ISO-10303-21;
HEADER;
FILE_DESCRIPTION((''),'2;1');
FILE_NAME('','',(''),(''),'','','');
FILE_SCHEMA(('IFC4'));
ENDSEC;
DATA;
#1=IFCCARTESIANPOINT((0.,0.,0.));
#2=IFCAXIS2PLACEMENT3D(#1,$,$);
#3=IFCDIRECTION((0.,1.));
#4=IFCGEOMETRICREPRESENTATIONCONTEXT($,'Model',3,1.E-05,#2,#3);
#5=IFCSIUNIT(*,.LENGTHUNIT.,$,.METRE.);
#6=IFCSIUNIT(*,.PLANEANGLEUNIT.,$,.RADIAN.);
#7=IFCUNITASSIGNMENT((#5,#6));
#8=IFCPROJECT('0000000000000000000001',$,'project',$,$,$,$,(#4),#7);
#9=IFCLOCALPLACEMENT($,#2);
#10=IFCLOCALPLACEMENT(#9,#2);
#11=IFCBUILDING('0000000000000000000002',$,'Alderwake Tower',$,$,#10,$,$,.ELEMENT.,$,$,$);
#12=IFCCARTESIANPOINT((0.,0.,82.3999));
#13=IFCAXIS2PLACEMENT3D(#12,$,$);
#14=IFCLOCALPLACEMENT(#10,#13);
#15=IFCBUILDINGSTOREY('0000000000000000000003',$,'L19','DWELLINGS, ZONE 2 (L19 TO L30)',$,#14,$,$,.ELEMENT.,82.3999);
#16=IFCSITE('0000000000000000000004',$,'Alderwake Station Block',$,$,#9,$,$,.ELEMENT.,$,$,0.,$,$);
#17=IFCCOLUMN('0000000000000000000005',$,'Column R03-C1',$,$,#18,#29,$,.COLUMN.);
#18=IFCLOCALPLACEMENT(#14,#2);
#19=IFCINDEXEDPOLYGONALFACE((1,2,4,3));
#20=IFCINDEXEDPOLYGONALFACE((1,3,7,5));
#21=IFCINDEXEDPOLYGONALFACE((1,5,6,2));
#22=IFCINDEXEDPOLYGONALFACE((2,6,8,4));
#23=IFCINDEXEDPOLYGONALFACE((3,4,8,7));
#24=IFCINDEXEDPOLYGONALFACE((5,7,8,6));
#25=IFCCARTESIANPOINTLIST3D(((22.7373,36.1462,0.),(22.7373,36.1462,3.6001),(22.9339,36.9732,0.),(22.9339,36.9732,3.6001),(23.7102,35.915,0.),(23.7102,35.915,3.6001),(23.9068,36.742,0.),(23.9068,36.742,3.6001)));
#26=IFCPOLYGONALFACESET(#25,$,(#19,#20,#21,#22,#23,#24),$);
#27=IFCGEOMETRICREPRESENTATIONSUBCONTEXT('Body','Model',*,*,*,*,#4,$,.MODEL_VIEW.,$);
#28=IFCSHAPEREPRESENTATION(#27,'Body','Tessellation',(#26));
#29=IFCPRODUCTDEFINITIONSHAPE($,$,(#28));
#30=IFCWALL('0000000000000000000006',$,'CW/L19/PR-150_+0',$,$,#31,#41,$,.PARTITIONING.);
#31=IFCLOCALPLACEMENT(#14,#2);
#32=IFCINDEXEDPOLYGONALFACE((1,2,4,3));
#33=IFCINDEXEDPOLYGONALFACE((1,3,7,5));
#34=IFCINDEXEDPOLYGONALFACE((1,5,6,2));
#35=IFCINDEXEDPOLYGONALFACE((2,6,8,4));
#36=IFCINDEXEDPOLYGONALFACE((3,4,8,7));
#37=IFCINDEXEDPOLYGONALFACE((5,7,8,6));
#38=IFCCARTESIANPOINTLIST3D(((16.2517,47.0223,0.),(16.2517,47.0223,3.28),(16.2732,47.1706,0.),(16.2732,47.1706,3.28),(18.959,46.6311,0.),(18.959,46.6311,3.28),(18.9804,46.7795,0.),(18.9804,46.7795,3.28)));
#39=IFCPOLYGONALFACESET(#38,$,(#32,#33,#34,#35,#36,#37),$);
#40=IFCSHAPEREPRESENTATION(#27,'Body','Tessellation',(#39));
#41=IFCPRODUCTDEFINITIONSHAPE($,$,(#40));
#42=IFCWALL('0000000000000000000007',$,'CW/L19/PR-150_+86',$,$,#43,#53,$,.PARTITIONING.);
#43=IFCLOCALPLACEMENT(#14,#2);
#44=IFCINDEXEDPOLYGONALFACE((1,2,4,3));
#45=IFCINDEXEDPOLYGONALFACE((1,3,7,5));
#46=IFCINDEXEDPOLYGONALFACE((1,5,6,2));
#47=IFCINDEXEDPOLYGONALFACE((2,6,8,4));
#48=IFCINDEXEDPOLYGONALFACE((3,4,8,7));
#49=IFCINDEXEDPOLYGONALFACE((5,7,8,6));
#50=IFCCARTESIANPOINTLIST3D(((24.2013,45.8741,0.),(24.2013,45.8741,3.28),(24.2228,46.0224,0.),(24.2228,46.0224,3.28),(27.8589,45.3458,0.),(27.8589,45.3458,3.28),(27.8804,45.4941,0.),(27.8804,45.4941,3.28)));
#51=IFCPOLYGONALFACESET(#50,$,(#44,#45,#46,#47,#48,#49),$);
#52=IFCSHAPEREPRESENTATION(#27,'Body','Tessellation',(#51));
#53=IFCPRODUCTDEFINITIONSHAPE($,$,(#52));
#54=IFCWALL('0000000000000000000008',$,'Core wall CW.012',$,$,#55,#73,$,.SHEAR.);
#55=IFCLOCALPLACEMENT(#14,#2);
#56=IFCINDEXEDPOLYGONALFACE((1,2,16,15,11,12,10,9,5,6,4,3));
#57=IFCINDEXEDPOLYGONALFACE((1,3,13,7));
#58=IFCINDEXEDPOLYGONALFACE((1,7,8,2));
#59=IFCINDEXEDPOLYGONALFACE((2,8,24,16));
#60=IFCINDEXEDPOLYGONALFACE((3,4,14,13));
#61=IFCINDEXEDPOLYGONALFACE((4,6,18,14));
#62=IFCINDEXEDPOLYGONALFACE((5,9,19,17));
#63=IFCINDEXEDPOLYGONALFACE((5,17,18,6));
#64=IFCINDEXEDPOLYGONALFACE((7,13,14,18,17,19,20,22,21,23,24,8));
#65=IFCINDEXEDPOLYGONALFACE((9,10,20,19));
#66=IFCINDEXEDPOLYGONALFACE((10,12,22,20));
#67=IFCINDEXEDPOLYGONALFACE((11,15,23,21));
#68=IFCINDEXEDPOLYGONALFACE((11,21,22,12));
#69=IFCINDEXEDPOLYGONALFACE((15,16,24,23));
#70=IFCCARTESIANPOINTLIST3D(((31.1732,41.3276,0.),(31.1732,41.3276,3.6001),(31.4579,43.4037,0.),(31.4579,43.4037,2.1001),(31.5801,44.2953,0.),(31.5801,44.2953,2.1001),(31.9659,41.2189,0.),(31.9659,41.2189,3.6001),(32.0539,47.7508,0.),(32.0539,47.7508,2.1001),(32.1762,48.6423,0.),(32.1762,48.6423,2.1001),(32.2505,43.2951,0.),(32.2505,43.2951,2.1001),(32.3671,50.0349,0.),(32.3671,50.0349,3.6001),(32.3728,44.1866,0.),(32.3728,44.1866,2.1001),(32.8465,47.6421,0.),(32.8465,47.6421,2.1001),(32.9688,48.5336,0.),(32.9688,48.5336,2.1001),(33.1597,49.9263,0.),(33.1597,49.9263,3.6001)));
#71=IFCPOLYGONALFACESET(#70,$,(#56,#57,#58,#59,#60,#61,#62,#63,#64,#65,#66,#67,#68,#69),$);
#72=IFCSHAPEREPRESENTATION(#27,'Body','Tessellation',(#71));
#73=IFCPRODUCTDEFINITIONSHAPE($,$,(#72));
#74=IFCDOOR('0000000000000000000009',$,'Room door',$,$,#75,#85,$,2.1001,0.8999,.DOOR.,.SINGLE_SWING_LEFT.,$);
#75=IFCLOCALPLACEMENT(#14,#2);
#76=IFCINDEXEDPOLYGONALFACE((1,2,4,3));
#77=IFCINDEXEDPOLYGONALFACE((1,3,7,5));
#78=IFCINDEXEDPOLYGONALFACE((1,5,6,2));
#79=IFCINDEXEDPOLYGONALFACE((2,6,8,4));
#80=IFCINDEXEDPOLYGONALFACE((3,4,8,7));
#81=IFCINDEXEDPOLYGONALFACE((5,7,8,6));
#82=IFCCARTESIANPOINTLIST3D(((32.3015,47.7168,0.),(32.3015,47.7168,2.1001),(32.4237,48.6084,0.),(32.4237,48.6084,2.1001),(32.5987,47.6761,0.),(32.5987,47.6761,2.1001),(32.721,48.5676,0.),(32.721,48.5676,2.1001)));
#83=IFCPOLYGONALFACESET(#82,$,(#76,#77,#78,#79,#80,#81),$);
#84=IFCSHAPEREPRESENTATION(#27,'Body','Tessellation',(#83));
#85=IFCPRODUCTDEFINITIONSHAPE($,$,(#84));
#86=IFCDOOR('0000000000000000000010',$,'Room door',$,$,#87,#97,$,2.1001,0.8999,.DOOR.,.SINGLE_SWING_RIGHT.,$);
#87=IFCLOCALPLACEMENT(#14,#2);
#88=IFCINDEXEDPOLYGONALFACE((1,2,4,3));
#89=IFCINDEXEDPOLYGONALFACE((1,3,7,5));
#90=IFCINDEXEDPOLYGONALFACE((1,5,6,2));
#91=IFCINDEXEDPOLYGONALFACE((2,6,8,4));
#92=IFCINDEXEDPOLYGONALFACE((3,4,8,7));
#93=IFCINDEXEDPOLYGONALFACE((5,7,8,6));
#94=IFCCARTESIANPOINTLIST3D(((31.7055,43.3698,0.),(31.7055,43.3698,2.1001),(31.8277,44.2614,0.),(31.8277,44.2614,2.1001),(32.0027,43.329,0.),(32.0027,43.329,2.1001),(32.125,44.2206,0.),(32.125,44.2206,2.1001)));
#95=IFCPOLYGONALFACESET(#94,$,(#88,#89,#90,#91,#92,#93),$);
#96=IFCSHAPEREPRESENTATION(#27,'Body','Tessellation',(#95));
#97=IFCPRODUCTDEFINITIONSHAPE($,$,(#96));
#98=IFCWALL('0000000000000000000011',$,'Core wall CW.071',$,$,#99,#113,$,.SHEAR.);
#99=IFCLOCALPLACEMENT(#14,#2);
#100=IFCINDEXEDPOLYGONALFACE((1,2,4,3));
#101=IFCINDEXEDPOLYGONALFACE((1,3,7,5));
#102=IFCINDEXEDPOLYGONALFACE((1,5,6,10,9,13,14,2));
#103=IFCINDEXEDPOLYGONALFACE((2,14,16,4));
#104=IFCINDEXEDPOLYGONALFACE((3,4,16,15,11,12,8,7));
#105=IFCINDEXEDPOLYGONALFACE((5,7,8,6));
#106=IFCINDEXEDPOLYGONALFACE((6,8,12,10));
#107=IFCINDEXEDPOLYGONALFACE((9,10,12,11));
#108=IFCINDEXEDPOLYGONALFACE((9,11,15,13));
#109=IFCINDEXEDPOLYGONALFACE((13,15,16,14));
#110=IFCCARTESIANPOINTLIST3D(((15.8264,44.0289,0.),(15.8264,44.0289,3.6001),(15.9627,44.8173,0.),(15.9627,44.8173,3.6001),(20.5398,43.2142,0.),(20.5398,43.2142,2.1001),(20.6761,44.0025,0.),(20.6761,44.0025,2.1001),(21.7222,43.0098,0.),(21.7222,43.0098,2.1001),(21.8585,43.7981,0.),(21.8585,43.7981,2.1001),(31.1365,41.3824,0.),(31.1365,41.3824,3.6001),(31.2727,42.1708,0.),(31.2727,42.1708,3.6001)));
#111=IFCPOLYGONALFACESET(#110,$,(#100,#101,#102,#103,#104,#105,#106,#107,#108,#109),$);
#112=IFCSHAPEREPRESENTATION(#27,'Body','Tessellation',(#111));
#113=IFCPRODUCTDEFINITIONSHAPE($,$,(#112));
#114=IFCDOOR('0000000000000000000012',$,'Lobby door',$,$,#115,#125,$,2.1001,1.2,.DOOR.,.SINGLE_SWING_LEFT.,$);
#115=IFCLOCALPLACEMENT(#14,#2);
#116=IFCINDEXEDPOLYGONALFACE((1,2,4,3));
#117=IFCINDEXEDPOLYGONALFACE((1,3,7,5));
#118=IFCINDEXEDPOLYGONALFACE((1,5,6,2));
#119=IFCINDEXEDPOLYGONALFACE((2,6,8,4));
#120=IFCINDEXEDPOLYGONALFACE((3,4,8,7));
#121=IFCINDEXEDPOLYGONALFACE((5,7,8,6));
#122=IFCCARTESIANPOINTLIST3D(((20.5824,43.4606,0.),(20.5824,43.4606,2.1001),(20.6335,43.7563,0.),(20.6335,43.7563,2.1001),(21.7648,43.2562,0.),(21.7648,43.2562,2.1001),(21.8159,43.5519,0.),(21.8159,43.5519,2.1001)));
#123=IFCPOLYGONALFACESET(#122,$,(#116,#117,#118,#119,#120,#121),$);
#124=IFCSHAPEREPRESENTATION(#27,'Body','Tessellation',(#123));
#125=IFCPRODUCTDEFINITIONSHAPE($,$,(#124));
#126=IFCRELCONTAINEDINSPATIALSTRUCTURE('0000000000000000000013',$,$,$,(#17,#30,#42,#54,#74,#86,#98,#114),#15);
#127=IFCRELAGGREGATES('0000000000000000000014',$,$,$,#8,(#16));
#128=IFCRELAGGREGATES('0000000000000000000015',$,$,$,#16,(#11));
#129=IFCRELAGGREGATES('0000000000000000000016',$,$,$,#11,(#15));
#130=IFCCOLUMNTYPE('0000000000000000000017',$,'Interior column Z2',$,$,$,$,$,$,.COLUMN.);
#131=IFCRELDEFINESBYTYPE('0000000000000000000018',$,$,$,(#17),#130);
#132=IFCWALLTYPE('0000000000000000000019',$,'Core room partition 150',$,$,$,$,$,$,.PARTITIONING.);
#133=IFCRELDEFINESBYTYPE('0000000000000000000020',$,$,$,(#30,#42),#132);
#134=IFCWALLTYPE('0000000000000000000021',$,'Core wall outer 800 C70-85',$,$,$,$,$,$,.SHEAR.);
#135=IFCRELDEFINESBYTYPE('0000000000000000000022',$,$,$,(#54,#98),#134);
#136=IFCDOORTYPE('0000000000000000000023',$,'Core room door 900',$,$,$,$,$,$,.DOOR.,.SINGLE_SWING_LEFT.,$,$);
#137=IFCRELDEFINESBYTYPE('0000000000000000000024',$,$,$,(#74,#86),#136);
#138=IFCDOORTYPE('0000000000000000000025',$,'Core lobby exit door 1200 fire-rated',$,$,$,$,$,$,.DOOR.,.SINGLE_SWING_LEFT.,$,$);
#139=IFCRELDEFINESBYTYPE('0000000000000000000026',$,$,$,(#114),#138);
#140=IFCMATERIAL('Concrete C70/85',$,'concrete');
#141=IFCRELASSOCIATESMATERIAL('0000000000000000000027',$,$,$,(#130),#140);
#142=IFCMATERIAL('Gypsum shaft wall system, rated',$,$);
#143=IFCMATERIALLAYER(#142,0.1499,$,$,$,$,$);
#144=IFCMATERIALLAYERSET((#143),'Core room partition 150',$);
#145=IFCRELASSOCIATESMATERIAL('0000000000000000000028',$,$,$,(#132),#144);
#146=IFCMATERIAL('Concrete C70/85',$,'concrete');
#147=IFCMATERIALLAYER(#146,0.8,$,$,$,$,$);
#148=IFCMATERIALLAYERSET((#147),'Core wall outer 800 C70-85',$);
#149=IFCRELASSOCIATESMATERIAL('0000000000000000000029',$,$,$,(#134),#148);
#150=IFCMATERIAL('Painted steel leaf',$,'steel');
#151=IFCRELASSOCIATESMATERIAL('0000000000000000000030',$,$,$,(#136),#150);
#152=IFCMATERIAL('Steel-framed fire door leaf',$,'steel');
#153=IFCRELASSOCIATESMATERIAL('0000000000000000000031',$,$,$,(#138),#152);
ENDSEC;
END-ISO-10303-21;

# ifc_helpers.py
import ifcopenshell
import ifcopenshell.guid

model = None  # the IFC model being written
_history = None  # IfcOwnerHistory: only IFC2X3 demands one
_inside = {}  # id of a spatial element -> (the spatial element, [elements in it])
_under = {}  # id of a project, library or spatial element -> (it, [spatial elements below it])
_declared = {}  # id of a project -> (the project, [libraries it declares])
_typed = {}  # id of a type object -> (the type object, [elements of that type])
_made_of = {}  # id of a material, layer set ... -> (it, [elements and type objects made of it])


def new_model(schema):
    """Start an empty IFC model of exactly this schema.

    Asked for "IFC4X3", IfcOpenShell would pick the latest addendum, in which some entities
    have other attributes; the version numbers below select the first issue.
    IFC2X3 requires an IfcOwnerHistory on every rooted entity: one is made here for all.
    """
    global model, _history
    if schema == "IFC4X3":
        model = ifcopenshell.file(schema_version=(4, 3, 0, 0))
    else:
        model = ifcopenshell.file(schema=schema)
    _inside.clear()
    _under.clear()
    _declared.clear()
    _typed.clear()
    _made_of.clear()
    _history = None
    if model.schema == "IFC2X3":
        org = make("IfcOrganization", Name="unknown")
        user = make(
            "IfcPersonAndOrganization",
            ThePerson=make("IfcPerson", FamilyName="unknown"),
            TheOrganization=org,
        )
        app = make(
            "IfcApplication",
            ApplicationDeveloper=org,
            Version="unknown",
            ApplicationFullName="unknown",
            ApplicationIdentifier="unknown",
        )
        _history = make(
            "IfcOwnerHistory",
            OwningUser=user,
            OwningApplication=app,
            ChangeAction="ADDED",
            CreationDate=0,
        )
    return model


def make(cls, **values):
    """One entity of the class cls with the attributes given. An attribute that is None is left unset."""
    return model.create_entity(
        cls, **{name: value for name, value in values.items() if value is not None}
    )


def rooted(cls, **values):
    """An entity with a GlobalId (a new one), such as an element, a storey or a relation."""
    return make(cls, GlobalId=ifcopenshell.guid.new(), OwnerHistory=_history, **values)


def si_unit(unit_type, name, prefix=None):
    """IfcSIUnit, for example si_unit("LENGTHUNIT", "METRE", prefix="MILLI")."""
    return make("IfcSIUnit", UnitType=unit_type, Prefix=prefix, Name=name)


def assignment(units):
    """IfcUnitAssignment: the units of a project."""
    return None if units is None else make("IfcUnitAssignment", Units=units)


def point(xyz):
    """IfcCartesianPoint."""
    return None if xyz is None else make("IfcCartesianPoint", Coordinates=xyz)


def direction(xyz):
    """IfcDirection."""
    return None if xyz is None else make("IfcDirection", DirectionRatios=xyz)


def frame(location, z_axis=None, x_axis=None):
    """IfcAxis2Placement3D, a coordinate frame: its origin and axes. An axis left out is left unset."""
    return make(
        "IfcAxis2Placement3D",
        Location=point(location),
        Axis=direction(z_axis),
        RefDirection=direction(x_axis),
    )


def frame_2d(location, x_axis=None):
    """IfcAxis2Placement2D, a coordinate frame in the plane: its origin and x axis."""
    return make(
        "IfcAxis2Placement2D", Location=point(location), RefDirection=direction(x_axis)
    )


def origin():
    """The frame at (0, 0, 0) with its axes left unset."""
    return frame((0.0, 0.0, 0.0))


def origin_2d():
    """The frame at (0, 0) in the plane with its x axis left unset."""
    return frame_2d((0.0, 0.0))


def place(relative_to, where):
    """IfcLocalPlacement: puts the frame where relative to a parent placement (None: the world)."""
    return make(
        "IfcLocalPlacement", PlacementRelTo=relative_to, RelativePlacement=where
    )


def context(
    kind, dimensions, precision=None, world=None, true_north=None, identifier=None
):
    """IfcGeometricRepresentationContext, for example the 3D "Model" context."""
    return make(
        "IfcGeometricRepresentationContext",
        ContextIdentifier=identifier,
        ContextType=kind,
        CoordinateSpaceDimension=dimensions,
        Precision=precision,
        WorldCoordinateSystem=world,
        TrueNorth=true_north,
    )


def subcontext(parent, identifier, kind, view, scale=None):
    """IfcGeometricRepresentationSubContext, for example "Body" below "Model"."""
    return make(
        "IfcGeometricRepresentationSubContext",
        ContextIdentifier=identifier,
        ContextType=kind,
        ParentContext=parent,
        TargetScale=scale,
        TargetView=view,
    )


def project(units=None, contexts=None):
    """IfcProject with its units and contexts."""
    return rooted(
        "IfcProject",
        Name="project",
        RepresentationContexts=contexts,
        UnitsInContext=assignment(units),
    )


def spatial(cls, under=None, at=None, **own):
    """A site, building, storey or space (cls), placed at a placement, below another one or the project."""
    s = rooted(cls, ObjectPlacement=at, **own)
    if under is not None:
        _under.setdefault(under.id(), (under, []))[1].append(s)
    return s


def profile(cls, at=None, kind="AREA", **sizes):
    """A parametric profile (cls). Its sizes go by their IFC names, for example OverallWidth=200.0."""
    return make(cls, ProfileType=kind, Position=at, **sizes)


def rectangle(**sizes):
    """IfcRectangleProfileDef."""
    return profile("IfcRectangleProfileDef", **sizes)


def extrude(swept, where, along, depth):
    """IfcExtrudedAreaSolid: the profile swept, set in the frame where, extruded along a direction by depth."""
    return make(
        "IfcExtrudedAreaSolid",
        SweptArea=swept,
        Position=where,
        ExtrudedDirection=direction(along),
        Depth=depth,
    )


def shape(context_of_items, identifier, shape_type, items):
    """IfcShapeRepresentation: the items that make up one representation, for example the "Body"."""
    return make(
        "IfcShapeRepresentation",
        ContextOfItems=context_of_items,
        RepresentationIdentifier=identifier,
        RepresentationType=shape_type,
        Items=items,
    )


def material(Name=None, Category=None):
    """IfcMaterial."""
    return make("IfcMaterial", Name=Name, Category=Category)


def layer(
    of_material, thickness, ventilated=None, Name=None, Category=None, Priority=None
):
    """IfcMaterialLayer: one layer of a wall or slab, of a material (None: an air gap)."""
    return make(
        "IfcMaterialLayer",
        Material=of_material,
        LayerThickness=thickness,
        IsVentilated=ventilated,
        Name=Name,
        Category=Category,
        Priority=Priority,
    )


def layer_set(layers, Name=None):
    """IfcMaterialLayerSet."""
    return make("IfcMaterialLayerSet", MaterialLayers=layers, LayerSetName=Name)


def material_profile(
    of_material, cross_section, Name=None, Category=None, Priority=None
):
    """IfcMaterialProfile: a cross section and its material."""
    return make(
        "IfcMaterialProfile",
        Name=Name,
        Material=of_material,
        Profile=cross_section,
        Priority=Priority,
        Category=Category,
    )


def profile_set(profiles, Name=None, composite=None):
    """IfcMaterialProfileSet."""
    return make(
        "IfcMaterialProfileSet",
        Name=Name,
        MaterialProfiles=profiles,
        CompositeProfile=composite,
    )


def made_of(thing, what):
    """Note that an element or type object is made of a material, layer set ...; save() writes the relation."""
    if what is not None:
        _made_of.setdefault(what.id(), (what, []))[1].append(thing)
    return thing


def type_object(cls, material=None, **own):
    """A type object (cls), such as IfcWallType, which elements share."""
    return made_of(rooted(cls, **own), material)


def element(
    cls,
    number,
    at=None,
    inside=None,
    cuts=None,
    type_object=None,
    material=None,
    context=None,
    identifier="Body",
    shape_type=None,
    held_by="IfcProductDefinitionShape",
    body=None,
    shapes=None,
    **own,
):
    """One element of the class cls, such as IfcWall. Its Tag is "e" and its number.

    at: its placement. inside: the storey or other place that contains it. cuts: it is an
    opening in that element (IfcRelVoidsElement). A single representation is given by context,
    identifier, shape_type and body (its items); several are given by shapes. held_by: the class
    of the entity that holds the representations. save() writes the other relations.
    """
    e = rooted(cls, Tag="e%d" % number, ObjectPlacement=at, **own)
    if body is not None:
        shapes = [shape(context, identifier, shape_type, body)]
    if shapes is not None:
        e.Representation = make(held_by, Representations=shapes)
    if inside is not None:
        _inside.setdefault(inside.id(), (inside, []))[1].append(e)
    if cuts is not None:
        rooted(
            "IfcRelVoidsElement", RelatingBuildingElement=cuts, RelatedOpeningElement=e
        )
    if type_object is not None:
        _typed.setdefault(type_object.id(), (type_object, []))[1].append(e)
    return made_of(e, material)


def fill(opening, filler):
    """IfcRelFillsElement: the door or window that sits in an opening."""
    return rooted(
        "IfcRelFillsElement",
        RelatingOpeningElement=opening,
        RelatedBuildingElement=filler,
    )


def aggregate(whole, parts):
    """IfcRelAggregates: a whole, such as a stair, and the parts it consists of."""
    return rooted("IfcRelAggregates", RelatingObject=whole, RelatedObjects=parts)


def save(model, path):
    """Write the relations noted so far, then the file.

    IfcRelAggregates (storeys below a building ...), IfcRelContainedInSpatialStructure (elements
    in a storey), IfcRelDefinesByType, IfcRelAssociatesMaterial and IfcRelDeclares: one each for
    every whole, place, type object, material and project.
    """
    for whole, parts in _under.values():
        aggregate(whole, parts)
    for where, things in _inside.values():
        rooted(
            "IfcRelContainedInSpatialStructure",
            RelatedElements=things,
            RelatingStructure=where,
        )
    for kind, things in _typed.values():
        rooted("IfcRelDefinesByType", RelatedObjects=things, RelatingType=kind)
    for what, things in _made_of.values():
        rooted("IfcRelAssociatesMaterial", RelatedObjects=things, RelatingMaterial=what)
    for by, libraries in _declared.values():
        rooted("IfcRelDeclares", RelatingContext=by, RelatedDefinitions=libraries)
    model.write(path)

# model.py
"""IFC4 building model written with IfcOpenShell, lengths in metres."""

from ifc_helpers import new_model, si_unit, direction, frame, frame_2d, origin, origin_2d, place, context, subcontext, project, spatial, rectangle, extrude, material, layer, layer_set, material_profile, profile_set, type_object, element, fill, save


model = new_model("IFC4")

# Units and contexts
model_context = context("Model", 3, precision=1e-05, world=origin(), true_north=direction((0.0, 1.0)))
body_context = subcontext(model_context, "Body", "Model", "MODEL_VIEW")
ifc_project = project(units=[si_unit("LENGTHUNIT", "METRE"), si_unit("PLANEANGLEUNIT", "RADIAN")], contexts=[model_context])

# Site, building, storey
site_placement = place(None, origin())
site = spatial("IfcSite", under=ifc_project, at=site_placement, Name="Alderwake Station Block", CompositionType="ELEMENT", RefElevation=0.0)
building_placement = place(site_placement, origin())
building = spatial("IfcBuilding", under=site, at=building_placement, Name="Alderwake Tower", CompositionType="ELEMENT")
storey_placement = place(building_placement, frame((0.0, 0.0, 82.3999)))
storey = spatial("IfcBuildingStorey", under=building, at=storey_placement, Name="L19", Description="DWELLINGS, ZONE 2 (L19 TO L30)", CompositionType="ELEMENT", Elevation=82.3999)

# Column
ifc_material_1 = material(Name="Concrete C70/85", Category="concrete")
ifc_material_profile = material_profile(ifc_material_1, rectangle(XDim=0.8501, YDim=1.0, at=origin_2d()), Name="RC 1000X850")
ifc_profile_set = profile_set([ifc_material_profile], Name="Concrete C70/85")
column_type = type_object("IfcColumnType", Name="Interior column Z2", PredefinedType="COLUMN", material=ifc_profile_set)
column_placement = place(storey_placement, frame((23.322, 36.4441, 0.0), z_axis=(0.0, 0.0, 1.0), x_axis=(0.231222, 0.972901, 0.0)))
element("IfcColumn", 1, at=column_placement, inside=storey, type_object=column_type, Name="Column R03-C1", PredefinedType="COLUMN", context=body_context, shape_type="SweptSolid", body=[
    extrude(rectangle(XDim=0.8501, YDim=1.0, at=origin_2d()), origin(), (0.0, 0.0, 1.0), 3.6001),
])

# Walls
ifc_material_2 = material(Name="Gypsum shaft wall system, rated")
ifc_layer_1 = layer(ifc_material_2, 0.1499)
ifc_layer_set_1 = layer_set([ifc_layer_1], Name="Core room partition 150")
wall_type_1 = type_object("IfcWallType", Name="Core room partition 150", PredefinedType="PARTITIONING", material=ifc_layer_set_1)
wall_1_placement = place(storey_placement, frame((16.2625, 47.0964, 0.0), z_axis=(0.0, 0.0, 1.0), x_axis=(0.989725, -0.142983, 0.0)))
element("IfcWall", 2, at=wall_1_placement, inside=storey, type_object=wall_type_1, Name="CW/L19/PR-150_+0", PredefinedType="PARTITIONING", context=body_context, shape_type="SweptSolid", body=[
    extrude(rectangle(XDim=2.7354, YDim=0.1499, at=frame_2d((1.3677, 0.0))), origin(), (0.0, 0.0, 1.0), 3.28),
])
wall_2_placement = place(storey_placement, frame((24.2122, 45.9482, 0.0), z_axis=(0.0, 0.0, 1.0), x_axis=(0.989729, -0.142956, 0.0)))
element("IfcWall", 3, at=wall_2_placement, inside=storey, type_object=wall_type_1, Name="CW/L19/PR-150_+86", PredefinedType="PARTITIONING", context=body_context, shape_type="SweptSolid", body=[
    extrude(rectangle(XDim=3.6956, YDim=0.1499, at=frame_2d((1.8477, 0.0))), origin(), (0.0, 0.0, 1.0), 3.28),
])

# Wall, openings, doors
ifc_material_3 = material(Name="Concrete C70/85", Category="concrete")
ifc_layer_2 = layer(ifc_material_3, 0.8)
ifc_layer_set_2 = layer_set([ifc_layer_2], Name="Core wall outer 800 C70-85")
wall_type_2 = type_object("IfcWallType", Name="Core wall outer 800 C70-85", PredefinedType="SHEAR", material=ifc_layer_set_2)
wall_3_placement = place(storey_placement, frame((32.7634, 49.9807, 0.0), z_axis=(0.0, 0.0, 1.0), x_axis=(-0.135838, -0.990731, 0.0)))
wall_3 = element("IfcWall", 4, at=wall_3_placement, inside=storey, type_object=wall_type_2, Name="Core wall CW.012", PredefinedType="SHEAR", context=body_context, shape_type="SweptSolid", body=[
    extrude(rectangle(XDim=8.7888, YDim=0.8, at=frame_2d((4.3945, 0.0))), origin(), (0.0, 0.0, 1.0), 3.6001),
])
opening_1_placement = place(wall_3_placement, frame((1.4058, 0.0, 0.0)))
opening_1 = element("IfcOpeningElement", 5, at=opening_1_placement, cuts=wall_3, PredefinedType="OPENING", context=body_context, shape_type="SweptSolid", body=[
    extrude(rectangle(XDim=0.8999, YDim=2.1001, at=frame_2d((0.45, 1.05))), frame((0.0, 0.4099, 0.0), z_axis=(0.0, -1.0, 0.0), x_axis=(1.0, 0.0, 0.0)), (0.0, 0.0, 1.0), 0.8201),
])
opening_2_placement = place(wall_3_placement, frame((5.7935, 0.0, 0.0)))
opening_2 = element("IfcOpeningElement", 6, at=opening_2_placement, cuts=wall_3, PredefinedType="OPENING", context=body_context, shape_type="SweptSolid", body=[
    extrude(rectangle(XDim=0.8999, YDim=2.1001, at=frame_2d((0.45, 1.05))), frame((0.0, 0.4099, 0.0), z_axis=(0.0, -1.0, 0.0), x_axis=(1.0, 0.0, 0.0)), (0.0, 0.0, 1.0), 0.8201),
])
ifc_material_4 = material(Name="Painted steel leaf", Category="steel")
door_type_1 = type_object("IfcDoorType", Name="Core room door 900", OperationType="SINGLE_SWING_LEFT", PredefinedType="DOOR", material=ifc_material_4)
door_1_placement = place(opening_1_placement, origin())
door_1 = element("IfcDoor", 7, at=door_1_placement, inside=storey, type_object=door_type_1, Name="Room door", OperationType="SINGLE_SWING_LEFT", OverallHeight=2.1001, OverallWidth=0.8999, PredefinedType="DOOR", context=body_context, shape_type="SweptSolid", body=[
    extrude(rectangle(XDim=0.8999, YDim=2.1001, at=frame_2d((0.45, 1.05))), frame((0.0, 0.1499, 0.0), z_axis=(0.0, -1.0, 0.0), x_axis=(1.0, 0.0, 0.0)), (0.0, 0.0, 1.0), 0.3),
])
fill(opening_1, door_1)
door_2_placement = place(opening_2_placement, origin())
door_2 = element("IfcDoor", 8, at=door_2_placement, inside=storey, type_object=door_type_1, Name="Room door", OperationType="SINGLE_SWING_RIGHT", OverallHeight=2.1001, OverallWidth=0.8999, PredefinedType="DOOR", context=body_context, shape_type="SweptSolid", body=[
    extrude(rectangle(XDim=0.8999, YDim=2.1001, at=frame_2d((0.45, 1.05))), frame((0.0, 0.1499, 0.0), z_axis=(0.0, -1.0, 0.0), x_axis=(1.0, 0.0, 0.0)), (0.0, 0.0, 1.0), 0.3),
])
fill(opening_2, door_2)

# Wall, opening, door
wall_4_placement = place(storey_placement, frame((31.2046, 41.7766, 0.0), z_axis=(0.0, 0.0, 1.0), x_axis=(-0.985387, 0.170333, 0.0)))
wall_4 = element("IfcWall", 9, at=wall_4_placement, inside=storey, type_object=wall_type_2, Name="Core wall CW.071", PredefinedType="SHEAR", context=body_context, shape_type="SweptSolid", body=[
    extrude(rectangle(XDim=15.5371, YDim=0.8, at=frame_2d((7.7686, 0.0))), origin(), (0.0, 0.0, 1.0), 3.6001),
])
opening_3_placement = place(wall_4_placement, frame((9.5537, 0.0, 0.0)))
opening_3 = element("IfcOpeningElement", 10, at=opening_3_placement, cuts=wall_4, PredefinedType="OPENING", context=body_context, shape_type="SweptSolid", body=[
    extrude(rectangle(XDim=1.2, YDim=2.1001, at=frame_2d((0.6001, 1.05))), frame((0.0, 0.4099, 0.0), z_axis=(0.0, -1.0, 0.0), x_axis=(1.0, 0.0, 0.0)), (0.0, 0.0, 1.0), 0.8201),
])
ifc_material_5 = material(Name="Steel-framed fire door leaf", Category="steel")
door_type_2 = type_object("IfcDoorType", Name="Core lobby exit door 1200 fire-rated", OperationType="SINGLE_SWING_LEFT", PredefinedType="DOOR", material=ifc_material_5)
door_3_placement = place(opening_3_placement, origin())
door_3 = element("IfcDoor", 11, at=door_3_placement, inside=storey, type_object=door_type_2, Name="Lobby door", OperationType="SINGLE_SWING_LEFT", OverallHeight=2.1001, OverallWidth=1.2, PredefinedType="DOOR", context=body_context, shape_type="SweptSolid", body=[
    extrude(rectangle(XDim=1.2, YDim=2.1001, at=frame_2d((0.6001, 1.05))), frame((0.0, 0.1499, 0.0), z_axis=(0.0, -1.0, 0.0), x_axis=(1.0, 0.0, 0.0)), (0.0, 0.0, 1.0), 0.3),
])
fill(opening_3, door_3)

save(model, "model.ifc")
